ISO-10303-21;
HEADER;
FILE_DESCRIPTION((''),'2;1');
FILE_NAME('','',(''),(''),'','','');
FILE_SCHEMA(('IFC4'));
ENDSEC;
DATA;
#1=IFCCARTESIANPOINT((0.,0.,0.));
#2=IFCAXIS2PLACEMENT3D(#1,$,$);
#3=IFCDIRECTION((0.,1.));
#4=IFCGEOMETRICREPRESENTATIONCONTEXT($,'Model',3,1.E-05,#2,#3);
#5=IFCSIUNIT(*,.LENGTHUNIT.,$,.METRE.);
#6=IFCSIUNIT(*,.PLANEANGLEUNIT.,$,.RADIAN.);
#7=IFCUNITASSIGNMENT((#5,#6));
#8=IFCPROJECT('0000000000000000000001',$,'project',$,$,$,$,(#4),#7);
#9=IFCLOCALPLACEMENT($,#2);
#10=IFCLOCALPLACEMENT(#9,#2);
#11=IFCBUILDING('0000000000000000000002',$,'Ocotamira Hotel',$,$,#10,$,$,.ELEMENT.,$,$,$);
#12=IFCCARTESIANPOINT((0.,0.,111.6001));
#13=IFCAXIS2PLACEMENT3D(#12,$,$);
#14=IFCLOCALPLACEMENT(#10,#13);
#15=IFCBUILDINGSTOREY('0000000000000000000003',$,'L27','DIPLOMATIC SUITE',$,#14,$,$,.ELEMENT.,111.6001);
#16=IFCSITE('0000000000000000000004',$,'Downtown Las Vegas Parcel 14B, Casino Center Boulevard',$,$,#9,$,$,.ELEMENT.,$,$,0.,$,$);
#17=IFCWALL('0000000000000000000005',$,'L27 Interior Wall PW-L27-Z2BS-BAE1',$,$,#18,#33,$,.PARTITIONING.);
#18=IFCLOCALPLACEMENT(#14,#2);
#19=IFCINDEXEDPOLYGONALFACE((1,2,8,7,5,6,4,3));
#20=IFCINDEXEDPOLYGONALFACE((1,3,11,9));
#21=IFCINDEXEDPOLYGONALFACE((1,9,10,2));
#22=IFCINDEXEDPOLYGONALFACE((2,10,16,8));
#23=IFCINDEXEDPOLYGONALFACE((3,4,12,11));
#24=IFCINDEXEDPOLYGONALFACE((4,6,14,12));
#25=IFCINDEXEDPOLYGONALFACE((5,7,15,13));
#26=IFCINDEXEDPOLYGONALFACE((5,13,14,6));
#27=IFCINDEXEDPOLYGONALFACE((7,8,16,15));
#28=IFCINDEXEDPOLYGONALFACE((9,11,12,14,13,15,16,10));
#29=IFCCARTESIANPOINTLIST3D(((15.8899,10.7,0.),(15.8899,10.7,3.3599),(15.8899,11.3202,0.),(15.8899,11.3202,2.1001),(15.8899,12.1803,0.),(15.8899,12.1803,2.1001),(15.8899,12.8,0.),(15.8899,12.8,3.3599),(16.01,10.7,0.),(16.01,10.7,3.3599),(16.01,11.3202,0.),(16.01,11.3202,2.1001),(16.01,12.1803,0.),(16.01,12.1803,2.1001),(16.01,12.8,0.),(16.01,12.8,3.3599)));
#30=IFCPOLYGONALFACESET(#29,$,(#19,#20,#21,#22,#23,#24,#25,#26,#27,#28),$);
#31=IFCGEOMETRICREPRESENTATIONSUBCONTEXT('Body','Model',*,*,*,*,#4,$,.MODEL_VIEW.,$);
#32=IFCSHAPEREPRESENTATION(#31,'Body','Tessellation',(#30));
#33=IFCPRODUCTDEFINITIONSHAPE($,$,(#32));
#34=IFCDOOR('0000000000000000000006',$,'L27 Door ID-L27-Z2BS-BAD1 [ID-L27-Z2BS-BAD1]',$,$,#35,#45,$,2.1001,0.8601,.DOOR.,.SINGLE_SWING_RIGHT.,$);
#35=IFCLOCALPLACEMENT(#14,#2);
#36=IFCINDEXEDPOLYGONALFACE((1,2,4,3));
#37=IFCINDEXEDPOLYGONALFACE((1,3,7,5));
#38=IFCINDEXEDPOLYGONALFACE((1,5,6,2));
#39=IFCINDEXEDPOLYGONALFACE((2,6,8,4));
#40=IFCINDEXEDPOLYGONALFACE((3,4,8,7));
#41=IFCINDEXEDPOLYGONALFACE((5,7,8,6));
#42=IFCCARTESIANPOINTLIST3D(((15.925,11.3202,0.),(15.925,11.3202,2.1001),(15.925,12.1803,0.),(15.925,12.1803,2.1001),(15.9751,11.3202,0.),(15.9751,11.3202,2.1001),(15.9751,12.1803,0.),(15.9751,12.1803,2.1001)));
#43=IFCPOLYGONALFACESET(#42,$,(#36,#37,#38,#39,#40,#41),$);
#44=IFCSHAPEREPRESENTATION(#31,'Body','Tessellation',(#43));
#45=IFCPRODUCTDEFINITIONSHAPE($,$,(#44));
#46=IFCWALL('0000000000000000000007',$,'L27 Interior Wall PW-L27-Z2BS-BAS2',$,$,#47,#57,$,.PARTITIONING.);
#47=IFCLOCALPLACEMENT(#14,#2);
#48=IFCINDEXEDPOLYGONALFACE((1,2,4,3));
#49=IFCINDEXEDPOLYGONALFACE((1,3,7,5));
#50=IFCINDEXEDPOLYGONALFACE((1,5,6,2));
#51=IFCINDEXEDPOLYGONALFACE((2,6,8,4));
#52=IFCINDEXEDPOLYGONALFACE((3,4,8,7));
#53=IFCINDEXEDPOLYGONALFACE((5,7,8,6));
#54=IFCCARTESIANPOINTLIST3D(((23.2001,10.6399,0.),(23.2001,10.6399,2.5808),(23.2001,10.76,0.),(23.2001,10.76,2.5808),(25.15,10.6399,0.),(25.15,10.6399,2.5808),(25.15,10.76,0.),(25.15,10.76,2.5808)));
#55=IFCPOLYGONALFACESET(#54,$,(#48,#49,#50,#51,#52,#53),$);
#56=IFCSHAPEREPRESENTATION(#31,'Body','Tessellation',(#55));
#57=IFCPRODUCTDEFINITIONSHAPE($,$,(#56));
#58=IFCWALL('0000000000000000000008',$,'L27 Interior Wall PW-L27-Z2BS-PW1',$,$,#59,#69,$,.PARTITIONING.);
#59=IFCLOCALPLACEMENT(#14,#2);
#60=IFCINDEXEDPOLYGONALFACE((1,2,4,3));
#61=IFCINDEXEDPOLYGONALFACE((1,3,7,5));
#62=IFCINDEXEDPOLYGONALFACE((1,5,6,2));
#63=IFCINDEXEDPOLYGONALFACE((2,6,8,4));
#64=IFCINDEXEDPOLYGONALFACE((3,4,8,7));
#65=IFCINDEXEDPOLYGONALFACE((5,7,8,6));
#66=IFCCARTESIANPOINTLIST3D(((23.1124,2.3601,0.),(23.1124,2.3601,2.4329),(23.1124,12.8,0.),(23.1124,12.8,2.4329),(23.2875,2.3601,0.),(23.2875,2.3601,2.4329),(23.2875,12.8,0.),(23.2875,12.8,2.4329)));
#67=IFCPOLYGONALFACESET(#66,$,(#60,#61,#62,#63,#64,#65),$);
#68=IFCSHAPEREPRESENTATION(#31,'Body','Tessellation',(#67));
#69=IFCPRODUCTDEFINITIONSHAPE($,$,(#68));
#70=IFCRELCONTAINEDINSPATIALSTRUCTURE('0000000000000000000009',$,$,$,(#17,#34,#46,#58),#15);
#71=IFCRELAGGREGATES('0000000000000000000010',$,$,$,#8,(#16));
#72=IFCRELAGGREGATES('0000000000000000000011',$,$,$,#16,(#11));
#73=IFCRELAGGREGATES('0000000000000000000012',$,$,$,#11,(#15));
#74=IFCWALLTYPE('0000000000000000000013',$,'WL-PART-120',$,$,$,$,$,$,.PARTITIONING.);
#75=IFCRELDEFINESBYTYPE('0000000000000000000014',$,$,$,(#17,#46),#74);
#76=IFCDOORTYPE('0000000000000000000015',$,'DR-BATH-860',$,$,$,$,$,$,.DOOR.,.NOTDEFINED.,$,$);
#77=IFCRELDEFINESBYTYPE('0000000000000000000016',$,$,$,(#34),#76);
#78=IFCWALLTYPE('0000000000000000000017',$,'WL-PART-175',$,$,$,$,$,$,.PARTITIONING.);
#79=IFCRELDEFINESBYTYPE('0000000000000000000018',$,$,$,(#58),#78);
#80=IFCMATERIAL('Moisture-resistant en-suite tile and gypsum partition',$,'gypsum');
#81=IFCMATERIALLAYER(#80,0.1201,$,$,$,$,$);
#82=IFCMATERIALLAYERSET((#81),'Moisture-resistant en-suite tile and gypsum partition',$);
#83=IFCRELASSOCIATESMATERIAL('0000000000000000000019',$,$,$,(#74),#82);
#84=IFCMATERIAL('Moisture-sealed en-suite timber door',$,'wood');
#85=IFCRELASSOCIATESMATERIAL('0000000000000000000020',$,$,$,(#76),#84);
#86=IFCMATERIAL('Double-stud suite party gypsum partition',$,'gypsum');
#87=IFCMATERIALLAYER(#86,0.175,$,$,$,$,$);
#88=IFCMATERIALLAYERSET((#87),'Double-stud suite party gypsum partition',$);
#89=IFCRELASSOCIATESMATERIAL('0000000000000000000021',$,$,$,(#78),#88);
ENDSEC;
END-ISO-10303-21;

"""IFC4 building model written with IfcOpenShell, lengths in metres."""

from ifc_helpers import new_model, si_unit, direction, frame, frame_2d, origin, place, context, subcontext, project, spatial, rectangle, extrude, source, transform, mapped, material, layer, layer_set, type_object, element, fill, save


model = new_model("IFC4")

# Units and contexts
model_context = context("Model", 3, precision=1e-05, world=origin(), true_north=direction((0.0, 1.0)))
body_context = subcontext(model_context, "Body", "Model", "MODEL_VIEW")
ifc_project = project(units=[si_unit("LENGTHUNIT", "METRE"), si_unit("PLANEANGLEUNIT", "RADIAN")], contexts=[model_context])

# Site, building, storey
site_placement = place(None, origin())
site = spatial("IfcSite", under=ifc_project, at=site_placement, Name="Downtown Las Vegas Parcel 14B, Casino Center Boulevard", CompositionType="ELEMENT", RefElevation=0.0)
building_placement = place(site_placement, origin())
building = spatial("IfcBuilding", under=site, at=building_placement, Name="Ocotamira Hotel", CompositionType="ELEMENT")
storey_placement = place(building_placement, frame((0.0, 0.0, 111.6001)))
storey = spatial("IfcBuildingStorey", under=building, at=storey_placement, Name="L27", Description="DIPLOMATIC SUITE", CompositionType="ELEMENT", Elevation=111.6001)

# Wall, opening, door
ifc_material_1 = material(Name="Moisture-resistant en-suite tile and gypsum partition", Category="gypsum")
ifc_layer_1 = layer(ifc_material_1, 0.1201)
ifc_layer_set_1 = layer_set([ifc_layer_1], Name="Moisture-resistant en-suite tile and gypsum partition")
wall_type_1 = type_object("IfcWallType", Name="WL-PART-120", PredefinedType="PARTITIONING", material=ifc_layer_set_1)
wall_1_placement = place(storey_placement, frame((15.95, 10.7, 0.0), z_axis=(0.0, 0.0, 1.0), x_axis=(0.0, 1.0, 0.0)))
wall_1 = element("IfcWall", 1, at=wall_1_placement, inside=storey, type_object=wall_type_1, Name="L27 Interior Wall PW-L27-Z2BS-BAE1", PredefinedType="PARTITIONING", context=body_context, shape_type="SweptSolid", body=[
    extrude(rectangle(XDim=2.1001, YDim=0.1201, at=frame_2d((1.05, 0.0))), origin(), (0.0, 0.0, 1.0), 3.3599),
])
opening_placement = place(wall_1_placement, frame((0.6201, 0.0, 0.0)))
opening = element("IfcOpeningElement", 2, at=opening_placement, cuts=wall_1, PredefinedType="OPENING", context=body_context, shape_type="SweptSolid", body=[
    extrude(rectangle(XDim=0.8601, YDim=2.1001, at=frame_2d((0.4302, 1.05))), frame((0.0, 0.0701, 0.0), z_axis=(0.0, -1.0, 0.0), x_axis=(1.0, 0.0, 0.0)), (0.0, 0.0, 1.0), 0.1401),
])
ifc_material_2 = material(Name="Moisture-sealed en-suite timber door", Category="wood")
door_type = type_object("IfcDoorType", Name="DR-BATH-860", OperationType="NOTDEFINED", PredefinedType="DOOR", material=ifc_material_2)
shared_shape_1 = source(origin(), body_context, "Body", "SweptSolid", [
    extrude(rectangle(XDim=0.8601, YDim=2.1001, at=frame_2d((0.4302, 1.05))), frame((0.0, 0.0249, 0.0), z_axis=(0.0, -1.0, 0.0), x_axis=(1.0, 0.0, 0.0)), (0.0, 0.0, 1.0), 0.05),
])
door_placement = place(opening_placement, origin())
door = element("IfcDoor", 3, at=door_placement, inside=storey, type_object=door_type, Name="L27 Door ID-L27-Z2BS-BAD1 [ID-L27-Z2BS-BAD1]", OperationType="SINGLE_SWING_RIGHT", OverallHeight=2.1001, OverallWidth=0.8601, PredefinedType="DOOR", context=body_context, shape_type="MappedRepresentation", body=[
    mapped(shared_shape_1, transform((0.0, 0.0, 0.0), scale=1.0)),
])
fill(opening, door)

# Walls
wall_2_placement = place(storey_placement, frame((23.2, 10.7, 0.0), z_axis=(0.0, 0.0, 1.0), x_axis=(1.0, 0.0, 0.0)))
element("IfcWall", 4, at=wall_2_placement, inside=storey, type_object=wall_type_1, Name="L27 Interior Wall PW-L27-Z2BS-BAS2", PredefinedType="PARTITIONING", context=body_context, shape_type="SweptSolid", body=[
    extrude(rectangle(XDim=1.95, YDim=0.1201, at=frame_2d((0.9751, 0.0))), origin(), (0.0, 0.0, 1.0), 2.5808),
])
ifc_material_3 = material(Name="Double-stud suite party gypsum partition", Category="gypsum")
ifc_layer_2 = layer(ifc_material_3, 0.175)
ifc_layer_set_2 = layer_set([ifc_layer_2], Name="Double-stud suite party gypsum partition")
wall_type_2 = type_object("IfcWallType", Name="WL-PART-175", PredefinedType="PARTITIONING", material=ifc_layer_set_2)
wall_3_placement = place(storey_placement, frame((23.2, 2.3601, 0.0), z_axis=(0.0, 0.0, 1.0), x_axis=(0.0, 1.0, 0.0)))
element("IfcWall", 5, at=wall_3_placement, inside=storey, type_object=wall_type_2, Name="L27 Interior Wall PW-L27-Z2BS-PW1", PredefinedType="PARTITIONING", context=body_context, shape_type="SweptSolid", body=[
    extrude(rectangle(XDim=10.4399, YDim=0.175, at=frame_2d((5.22, 0.0))), origin(), (0.0, 0.0, 1.0), 2.4329),
])

save(model, "model.ifc")
